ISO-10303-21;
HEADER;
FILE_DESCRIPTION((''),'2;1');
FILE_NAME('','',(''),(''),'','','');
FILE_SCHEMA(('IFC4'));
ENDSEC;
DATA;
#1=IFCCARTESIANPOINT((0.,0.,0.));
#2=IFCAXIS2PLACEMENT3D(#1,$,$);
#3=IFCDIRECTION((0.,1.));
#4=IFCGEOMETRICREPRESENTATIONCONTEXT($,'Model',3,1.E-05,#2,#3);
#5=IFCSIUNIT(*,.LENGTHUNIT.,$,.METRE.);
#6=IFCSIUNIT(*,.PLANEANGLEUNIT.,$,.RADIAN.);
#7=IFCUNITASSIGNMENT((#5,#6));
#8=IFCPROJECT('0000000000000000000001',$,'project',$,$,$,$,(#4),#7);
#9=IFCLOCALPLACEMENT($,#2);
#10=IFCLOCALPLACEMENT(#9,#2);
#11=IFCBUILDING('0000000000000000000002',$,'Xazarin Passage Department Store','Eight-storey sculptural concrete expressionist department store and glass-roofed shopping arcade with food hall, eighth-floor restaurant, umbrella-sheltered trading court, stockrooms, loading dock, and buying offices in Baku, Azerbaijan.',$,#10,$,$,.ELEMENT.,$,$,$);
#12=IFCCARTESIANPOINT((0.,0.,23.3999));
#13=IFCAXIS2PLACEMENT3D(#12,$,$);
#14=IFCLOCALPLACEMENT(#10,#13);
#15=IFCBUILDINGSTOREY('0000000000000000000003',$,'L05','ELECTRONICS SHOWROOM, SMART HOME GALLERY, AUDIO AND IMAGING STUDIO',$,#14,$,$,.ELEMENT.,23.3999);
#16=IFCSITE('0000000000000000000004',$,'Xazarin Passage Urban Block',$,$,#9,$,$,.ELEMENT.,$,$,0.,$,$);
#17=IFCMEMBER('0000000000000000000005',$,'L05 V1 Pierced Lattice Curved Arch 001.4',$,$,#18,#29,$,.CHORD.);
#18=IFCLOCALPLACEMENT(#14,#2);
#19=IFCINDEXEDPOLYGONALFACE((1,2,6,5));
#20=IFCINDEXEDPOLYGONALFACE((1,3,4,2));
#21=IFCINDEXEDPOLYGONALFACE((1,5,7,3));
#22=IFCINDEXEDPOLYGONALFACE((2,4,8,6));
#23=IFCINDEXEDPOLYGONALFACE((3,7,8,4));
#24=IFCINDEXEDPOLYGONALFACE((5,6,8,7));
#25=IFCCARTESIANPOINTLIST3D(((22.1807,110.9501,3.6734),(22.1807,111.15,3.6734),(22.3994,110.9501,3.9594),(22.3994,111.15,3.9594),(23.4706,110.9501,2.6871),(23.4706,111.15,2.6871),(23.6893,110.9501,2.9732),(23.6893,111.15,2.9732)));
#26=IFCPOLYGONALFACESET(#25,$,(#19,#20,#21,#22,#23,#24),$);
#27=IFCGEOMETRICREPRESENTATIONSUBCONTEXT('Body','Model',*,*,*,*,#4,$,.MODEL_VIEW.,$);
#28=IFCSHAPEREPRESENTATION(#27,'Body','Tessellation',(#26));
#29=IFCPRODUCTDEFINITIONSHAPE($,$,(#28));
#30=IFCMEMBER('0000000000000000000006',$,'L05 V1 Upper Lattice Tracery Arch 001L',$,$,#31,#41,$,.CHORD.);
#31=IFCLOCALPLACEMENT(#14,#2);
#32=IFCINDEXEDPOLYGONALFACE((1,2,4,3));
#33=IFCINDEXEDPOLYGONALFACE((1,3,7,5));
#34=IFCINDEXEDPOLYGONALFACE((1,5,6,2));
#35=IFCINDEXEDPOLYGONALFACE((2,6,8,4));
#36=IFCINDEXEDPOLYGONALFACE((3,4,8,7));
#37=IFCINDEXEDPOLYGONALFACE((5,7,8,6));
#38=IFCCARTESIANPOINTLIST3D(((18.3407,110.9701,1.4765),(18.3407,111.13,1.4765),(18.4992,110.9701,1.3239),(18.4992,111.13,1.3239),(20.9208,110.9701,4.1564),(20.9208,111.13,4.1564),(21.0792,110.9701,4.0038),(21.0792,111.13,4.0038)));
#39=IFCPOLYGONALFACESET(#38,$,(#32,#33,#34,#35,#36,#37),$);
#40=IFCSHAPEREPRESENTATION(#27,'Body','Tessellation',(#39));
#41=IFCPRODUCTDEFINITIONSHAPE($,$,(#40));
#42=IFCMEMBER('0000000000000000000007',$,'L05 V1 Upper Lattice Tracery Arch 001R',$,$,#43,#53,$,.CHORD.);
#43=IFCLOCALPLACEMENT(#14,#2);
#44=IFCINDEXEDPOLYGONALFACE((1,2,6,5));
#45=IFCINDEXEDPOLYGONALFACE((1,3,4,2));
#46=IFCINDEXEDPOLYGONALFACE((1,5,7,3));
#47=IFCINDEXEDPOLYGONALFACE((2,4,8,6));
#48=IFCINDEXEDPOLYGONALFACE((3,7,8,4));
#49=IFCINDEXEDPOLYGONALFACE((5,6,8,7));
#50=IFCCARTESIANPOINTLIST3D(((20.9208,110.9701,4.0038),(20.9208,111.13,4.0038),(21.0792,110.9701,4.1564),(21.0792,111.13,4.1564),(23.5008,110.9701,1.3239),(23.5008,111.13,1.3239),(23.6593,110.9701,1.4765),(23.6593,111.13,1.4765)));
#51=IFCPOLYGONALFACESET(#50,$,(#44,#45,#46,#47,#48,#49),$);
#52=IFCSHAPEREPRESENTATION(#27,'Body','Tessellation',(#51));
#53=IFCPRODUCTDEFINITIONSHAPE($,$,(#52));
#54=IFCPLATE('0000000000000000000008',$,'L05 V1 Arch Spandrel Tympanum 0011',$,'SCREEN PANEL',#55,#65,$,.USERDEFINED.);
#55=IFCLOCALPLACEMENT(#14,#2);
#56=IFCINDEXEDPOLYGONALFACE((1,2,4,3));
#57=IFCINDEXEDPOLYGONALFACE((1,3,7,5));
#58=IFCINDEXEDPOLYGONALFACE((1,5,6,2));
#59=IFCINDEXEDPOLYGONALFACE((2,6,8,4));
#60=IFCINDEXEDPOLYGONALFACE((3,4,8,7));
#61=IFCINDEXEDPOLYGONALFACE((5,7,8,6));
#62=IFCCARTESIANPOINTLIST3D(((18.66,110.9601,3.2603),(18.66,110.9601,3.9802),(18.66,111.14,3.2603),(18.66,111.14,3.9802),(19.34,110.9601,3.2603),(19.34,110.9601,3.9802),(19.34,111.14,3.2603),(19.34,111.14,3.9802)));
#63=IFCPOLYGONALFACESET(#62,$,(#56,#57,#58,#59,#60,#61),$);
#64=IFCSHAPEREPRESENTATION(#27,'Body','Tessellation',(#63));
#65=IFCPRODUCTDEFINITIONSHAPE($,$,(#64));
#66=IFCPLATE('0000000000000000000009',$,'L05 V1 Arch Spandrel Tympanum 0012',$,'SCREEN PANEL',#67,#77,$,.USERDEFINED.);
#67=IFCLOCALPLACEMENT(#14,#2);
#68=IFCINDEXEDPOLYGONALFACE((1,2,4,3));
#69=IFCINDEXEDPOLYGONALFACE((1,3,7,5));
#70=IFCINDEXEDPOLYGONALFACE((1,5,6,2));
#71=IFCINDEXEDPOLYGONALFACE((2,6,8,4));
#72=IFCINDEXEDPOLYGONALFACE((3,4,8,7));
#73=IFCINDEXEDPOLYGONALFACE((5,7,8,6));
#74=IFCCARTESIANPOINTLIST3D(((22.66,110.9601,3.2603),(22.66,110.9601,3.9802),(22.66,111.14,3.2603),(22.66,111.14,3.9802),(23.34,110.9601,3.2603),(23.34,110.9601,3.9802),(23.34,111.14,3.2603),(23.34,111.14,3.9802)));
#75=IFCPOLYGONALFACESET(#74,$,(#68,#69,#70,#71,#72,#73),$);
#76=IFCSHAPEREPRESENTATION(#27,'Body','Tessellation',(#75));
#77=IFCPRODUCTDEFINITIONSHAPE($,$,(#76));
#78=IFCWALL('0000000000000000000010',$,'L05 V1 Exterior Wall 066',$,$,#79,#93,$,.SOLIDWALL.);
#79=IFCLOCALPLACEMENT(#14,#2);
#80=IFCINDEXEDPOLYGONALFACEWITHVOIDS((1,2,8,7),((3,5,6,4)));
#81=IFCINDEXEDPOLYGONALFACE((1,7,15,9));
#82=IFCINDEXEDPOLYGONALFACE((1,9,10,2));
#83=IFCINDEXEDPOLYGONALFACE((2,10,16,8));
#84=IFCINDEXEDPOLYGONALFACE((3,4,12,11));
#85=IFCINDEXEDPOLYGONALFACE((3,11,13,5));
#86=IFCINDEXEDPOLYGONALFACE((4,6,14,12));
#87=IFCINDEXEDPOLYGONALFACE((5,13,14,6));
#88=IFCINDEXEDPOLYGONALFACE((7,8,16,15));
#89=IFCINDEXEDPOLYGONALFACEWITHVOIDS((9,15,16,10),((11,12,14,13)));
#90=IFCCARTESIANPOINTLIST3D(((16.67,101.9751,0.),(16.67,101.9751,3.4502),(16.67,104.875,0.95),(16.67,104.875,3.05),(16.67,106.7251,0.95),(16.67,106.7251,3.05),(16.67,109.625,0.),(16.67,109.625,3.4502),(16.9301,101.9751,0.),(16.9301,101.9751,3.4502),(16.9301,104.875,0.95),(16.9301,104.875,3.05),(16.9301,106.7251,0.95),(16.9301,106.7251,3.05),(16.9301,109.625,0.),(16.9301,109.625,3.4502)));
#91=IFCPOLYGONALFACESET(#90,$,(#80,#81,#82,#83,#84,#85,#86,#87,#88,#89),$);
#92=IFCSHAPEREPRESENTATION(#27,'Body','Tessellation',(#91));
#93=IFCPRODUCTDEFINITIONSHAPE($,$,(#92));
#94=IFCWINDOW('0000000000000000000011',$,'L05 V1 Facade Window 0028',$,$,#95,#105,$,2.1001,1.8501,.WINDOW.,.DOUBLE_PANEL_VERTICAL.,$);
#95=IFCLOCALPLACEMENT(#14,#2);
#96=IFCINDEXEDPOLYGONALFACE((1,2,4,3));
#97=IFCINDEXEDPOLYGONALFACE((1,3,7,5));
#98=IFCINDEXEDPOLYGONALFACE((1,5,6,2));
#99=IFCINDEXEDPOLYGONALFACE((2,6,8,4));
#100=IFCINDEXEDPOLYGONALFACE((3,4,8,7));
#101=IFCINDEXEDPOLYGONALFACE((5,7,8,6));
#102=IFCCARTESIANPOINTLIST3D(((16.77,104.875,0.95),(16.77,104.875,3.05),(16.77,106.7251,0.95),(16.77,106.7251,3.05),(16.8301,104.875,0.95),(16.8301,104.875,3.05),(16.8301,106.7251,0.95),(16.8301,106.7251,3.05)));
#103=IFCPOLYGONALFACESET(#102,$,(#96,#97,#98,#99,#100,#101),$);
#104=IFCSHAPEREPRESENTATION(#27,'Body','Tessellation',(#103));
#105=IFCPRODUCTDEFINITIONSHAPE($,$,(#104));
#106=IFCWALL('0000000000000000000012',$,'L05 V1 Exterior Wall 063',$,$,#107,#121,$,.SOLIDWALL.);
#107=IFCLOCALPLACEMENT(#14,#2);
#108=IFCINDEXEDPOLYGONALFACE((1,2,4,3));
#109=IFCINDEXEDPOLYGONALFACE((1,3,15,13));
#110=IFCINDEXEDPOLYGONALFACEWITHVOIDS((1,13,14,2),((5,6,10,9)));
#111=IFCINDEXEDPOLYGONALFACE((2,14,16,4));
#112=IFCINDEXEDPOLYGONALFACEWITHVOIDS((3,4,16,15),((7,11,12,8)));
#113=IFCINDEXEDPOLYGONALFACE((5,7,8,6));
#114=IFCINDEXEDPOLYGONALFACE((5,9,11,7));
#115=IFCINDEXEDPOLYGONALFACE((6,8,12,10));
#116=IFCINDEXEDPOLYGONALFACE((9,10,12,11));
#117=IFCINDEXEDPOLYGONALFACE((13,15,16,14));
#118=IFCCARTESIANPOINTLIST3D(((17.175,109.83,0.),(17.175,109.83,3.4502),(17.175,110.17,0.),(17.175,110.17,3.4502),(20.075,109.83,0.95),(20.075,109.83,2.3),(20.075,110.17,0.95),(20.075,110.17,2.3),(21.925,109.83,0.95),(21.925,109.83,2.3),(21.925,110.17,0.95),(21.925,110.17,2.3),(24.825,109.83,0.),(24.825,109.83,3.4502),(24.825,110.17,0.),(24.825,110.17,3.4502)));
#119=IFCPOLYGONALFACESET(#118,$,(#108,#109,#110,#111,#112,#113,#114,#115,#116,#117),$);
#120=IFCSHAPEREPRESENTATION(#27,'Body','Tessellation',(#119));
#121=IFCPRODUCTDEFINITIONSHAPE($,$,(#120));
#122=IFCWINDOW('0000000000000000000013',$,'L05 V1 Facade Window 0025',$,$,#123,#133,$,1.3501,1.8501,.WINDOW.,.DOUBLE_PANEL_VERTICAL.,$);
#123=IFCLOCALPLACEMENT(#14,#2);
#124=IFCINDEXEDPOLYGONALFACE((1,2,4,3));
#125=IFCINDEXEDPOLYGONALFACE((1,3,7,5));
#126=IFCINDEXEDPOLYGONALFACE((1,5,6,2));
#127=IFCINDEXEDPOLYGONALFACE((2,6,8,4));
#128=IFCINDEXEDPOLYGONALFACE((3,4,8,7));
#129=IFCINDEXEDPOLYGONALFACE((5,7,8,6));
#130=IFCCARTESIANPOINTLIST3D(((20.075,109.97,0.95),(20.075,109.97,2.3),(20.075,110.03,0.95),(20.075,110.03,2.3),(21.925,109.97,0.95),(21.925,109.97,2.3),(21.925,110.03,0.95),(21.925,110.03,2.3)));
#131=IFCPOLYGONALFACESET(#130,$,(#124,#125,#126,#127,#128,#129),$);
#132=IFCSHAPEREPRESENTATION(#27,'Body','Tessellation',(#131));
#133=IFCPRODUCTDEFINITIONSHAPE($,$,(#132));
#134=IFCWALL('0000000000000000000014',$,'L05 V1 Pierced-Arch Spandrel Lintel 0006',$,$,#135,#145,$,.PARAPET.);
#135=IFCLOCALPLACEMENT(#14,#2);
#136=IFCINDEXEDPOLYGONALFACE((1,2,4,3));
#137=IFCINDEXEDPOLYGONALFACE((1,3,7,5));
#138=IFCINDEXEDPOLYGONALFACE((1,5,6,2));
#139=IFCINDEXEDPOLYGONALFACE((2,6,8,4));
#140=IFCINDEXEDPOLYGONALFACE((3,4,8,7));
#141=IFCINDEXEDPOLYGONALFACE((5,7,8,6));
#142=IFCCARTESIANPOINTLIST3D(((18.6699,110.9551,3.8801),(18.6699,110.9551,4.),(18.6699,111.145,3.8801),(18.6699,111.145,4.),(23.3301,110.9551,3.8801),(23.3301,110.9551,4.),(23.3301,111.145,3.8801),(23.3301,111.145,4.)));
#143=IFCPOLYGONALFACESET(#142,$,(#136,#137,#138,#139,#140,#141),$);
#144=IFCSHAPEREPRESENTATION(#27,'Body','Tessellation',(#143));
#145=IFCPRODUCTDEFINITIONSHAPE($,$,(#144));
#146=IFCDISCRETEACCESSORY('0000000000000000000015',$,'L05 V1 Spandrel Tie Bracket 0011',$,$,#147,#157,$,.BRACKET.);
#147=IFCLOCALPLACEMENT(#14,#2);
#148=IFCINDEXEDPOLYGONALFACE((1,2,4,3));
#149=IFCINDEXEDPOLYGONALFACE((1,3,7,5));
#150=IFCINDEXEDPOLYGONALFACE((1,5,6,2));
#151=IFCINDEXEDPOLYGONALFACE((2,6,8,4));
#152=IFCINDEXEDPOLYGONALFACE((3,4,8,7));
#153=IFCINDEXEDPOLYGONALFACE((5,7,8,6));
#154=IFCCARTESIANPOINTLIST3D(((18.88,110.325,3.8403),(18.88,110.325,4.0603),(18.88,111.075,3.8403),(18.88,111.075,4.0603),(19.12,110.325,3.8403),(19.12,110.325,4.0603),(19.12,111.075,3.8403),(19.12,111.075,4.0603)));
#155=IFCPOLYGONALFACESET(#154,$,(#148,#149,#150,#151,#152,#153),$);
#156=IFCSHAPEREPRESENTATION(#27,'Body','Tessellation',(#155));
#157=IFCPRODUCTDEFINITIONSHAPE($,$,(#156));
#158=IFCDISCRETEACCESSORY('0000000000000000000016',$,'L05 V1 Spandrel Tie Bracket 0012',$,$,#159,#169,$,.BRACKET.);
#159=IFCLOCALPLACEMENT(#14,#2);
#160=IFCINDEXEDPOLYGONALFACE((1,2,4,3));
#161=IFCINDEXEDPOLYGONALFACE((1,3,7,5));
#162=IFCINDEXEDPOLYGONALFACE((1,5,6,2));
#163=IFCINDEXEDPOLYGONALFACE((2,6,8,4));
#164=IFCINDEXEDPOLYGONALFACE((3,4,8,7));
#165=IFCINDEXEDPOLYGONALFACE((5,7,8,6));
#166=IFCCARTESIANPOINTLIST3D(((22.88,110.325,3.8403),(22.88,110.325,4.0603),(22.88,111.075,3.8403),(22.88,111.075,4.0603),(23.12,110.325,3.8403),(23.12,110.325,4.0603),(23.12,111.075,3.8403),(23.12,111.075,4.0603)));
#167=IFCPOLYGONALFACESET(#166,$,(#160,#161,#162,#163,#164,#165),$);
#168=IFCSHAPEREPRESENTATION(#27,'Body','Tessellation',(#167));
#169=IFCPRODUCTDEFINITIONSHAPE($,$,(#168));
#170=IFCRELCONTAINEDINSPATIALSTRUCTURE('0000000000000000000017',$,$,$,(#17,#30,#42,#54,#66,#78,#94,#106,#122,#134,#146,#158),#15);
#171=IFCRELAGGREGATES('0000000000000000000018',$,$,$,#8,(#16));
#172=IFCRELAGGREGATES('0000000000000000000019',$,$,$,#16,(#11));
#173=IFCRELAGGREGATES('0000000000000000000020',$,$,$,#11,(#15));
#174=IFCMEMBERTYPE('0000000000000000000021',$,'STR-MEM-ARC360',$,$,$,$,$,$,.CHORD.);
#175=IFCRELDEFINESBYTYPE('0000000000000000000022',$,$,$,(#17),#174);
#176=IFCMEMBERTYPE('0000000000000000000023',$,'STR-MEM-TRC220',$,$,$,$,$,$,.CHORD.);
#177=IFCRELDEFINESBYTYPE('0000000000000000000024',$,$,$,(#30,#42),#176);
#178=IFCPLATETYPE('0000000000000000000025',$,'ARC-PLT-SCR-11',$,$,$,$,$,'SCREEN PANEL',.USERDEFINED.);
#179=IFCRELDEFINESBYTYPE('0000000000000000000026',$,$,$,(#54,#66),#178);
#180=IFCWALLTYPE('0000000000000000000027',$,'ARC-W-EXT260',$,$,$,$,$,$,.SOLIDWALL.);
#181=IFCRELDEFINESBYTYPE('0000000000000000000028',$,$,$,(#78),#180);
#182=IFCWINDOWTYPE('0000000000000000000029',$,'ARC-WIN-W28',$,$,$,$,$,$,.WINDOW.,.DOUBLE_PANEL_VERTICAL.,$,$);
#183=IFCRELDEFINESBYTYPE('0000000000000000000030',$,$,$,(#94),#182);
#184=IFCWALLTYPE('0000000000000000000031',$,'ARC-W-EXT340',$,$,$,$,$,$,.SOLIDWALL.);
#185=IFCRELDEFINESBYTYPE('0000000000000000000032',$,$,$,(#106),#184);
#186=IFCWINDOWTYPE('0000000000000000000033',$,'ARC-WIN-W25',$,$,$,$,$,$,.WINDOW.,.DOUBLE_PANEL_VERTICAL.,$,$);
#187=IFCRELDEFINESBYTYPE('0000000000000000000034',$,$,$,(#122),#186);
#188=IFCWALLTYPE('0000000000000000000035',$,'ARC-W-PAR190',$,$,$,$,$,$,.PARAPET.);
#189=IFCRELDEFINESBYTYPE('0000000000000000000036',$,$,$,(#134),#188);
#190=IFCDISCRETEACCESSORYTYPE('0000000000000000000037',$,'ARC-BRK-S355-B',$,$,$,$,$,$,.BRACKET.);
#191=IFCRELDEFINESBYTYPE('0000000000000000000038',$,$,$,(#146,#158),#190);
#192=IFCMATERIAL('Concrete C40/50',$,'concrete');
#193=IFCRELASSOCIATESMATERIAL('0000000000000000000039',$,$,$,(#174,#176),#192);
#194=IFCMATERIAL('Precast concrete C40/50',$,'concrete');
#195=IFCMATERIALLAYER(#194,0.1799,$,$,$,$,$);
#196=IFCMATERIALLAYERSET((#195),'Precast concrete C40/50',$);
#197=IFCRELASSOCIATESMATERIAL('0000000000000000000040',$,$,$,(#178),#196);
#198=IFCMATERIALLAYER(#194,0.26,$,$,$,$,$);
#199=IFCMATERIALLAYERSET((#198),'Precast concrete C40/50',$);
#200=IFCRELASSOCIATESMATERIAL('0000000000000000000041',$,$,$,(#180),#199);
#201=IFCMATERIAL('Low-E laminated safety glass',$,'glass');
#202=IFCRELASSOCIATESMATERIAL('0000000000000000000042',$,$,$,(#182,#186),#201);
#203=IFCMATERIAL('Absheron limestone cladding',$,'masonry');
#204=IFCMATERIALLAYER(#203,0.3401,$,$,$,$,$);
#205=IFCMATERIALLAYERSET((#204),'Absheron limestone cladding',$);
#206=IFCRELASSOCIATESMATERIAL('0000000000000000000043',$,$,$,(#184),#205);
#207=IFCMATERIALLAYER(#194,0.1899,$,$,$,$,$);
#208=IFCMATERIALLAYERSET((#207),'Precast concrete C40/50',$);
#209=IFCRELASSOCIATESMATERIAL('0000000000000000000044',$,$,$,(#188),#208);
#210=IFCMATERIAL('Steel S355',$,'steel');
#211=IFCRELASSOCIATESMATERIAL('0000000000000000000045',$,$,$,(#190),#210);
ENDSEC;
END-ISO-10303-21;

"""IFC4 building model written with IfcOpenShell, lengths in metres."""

from ifc_helpers import new_model, si_unit, direction, frame, frame_2d, origin, origin_2d, place, context, subcontext, project, spatial, rectangle, extrude, material, layer, layer_set, material_profile, profile_set, type_object, element, fill, save


model = new_model("IFC4")

# Units and contexts
model_context = context("Model", 3, precision=1e-05, world=origin(), true_north=direction((0.0, 1.0)))
body_context = subcontext(model_context, "Body", "Model", "MODEL_VIEW")
ifc_project = project(units=[si_unit("LENGTHUNIT", "METRE"), si_unit("PLANEANGLEUNIT", "RADIAN")], contexts=[model_context])

# Site, building, storey
site_placement = place(None, origin())
site = spatial("IfcSite", under=ifc_project, at=site_placement, Name="Xazarin Passage Urban Block", CompositionType="ELEMENT", RefElevation=0.0)
building_placement = place(site_placement, origin())
building = spatial("IfcBuilding", under=site, at=building_placement, Name="Xazarin Passage Department Store", Description="Eight-storey sculptural concrete expressionist department store and glass-roofed shopping arcade with food hall, eighth-floor restaurant, umbrella-sheltered trading court, stockrooms, loading dock, and buying offices in Baku, Azerbaijan.", CompositionType="ELEMENT")
storey_placement = place(building_placement, frame((0.0, 0.0, 23.3999)))
storey = spatial("IfcBuildingStorey", under=building, at=storey_placement, Name="L05", Description="ELECTRONICS SHOWROOM, SMART HOME GALLERY, AUDIO AND IMAGING STUDIO", CompositionType="ELEMENT", Elevation=23.3999)

# Shared definitions
ifc_material_1 = material(Name="Concrete C40/50", Category="concrete")

# Members
ifc_material_profile_1 = material_profile(ifc_material_1, rectangle(XDim=0.2, YDim=0.3601, at=origin_2d()), Name="RC 200x360")
ifc_profile_set_1 = profile_set([ifc_material_profile_1], Name="Concrete C40/50")
member_type_1 = type_object("IfcMemberType", Name="STR-MEM-ARC360", PredefinedType="CHORD", material=ifc_profile_set_1)
member_1_placement = place(storey_placement, frame((22.29, 111.05, 3.8164), z_axis=(0.794409, 0.0, -0.607383), x_axis=(0.0, 1.0, 0.0)))
element("IfcMember", 1, at=member_1_placement, inside=storey, type_object=member_type_1, Name="L05 V1 Pierced Lattice Curved Arch 001.4", PredefinedType="CHORD", context=body_context, shape_type="SweptSolid", body=[
    extrude(rectangle(XDim=0.2, YDim=0.3601, at=origin_2d()), origin(), (0.0, 0.0, 1.0), 1.6238),
])
ifc_material_profile_2 = material_profile(ifc_material_1, rectangle(XDim=0.1599, YDim=0.22, at=origin_2d()), Name="RC 160x220")
ifc_profile_set_2 = profile_set([ifc_material_profile_2], Name="Concrete C40/50")
member_type_2 = type_object("IfcMemberType", Name="STR-MEM-TRC220", PredefinedType="CHORD", material=ifc_profile_set_2)
for number, where, z_axis, x_axis, name in (
    (2, (21.0, 111.05, 4.0801), (-0.693558, 0.0, -0.7204), (0.0, -1.0, 0.0), "L05 V1 Upper Lattice Tracery Arch 001L"),
    (3, (21.0, 111.05, 4.0801), (0.693558, 0.0, -0.7204), (0.0, 1.0, 0.0), "L05 V1 Upper Lattice Tracery Arch 001R"),
):
    element("IfcMember", number, at=place(storey_placement, frame(where, z_axis=z_axis, x_axis=x_axis)), inside=storey, type_object=member_type_2, Name=name, PredefinedType="CHORD", context=body_context, shape_type="SweptSolid", body=[
        extrude(rectangle(XDim=0.1599, YDim=0.22, at=origin_2d()), origin(), (0.0, 0.0, 1.0), 3.72),
    ])

# Plates
ifc_material_2 = material(Name="Precast concrete C40/50", Category="concrete")
ifc_layer_1 = layer(ifc_material_2, 0.1799)
ifc_layer_set_1 = layer_set([ifc_layer_1], Name="Precast concrete C40/50")
plate_type = type_object("IfcPlateType", Name="ARC-PLT-SCR-11", ElementType="SCREEN PANEL", PredefinedType="USERDEFINED", material=ifc_layer_set_1)
for number, where, z_axis, x_axis, name in (
    (4, (19.0, 111.05, 3.2603), (0.0, 0.0, 1.0), (1.0, 0.0, 0.0), "L05 V1 Arch Spandrel Tympanum 0011"),
    (5, (23.0, 111.05, 3.2603), (0.0, 0.0, 1.0), (1.0, 0.0, 0.0), "L05 V1 Arch Spandrel Tympanum 0012"),
):
    element("IfcPlate", number, at=place(storey_placement, frame(where, z_axis=z_axis, x_axis=x_axis)), inside=storey, type_object=plate_type, Name=name, ObjectType="SCREEN PANEL", PredefinedType="USERDEFINED", context=body_context, shape_type="SweptSolid", body=[
        extrude(rectangle(XDim=0.6799, YDim=0.1799, at=origin_2d()), origin(), (0.0, 0.0, 1.0), 0.72),
    ])

# Walls, openings, windows
ifc_layer_2 = layer(ifc_material_2, 0.26)
ifc_layer_set_2 = layer_set([ifc_layer_2], Name="Precast concrete C40/50")
wall_type_1 = type_object("IfcWallType", Name="ARC-W-EXT260", PredefinedType="SOLIDWALL", material=ifc_layer_set_2)
wall_1_placement = place(storey_placement, frame((16.8, 101.9751, 0.0), z_axis=(0.0, 0.0, 1.0), x_axis=(0.0, 1.0, 0.0)))
wall_1 = element("IfcWall", 6, at=wall_1_placement, inside=storey, type_object=wall_type_1, Name="L05 V1 Exterior Wall 066", PredefinedType="SOLIDWALL", context=body_context, shape_type="SweptSolid", body=[
    extrude(rectangle(XDim=7.6499, YDim=0.26, at=frame_2d((3.825, 0.0))), origin(), (0.0, 0.0, 1.0), 3.4502),
])
opening_1_placement = place(wall_1_placement, frame((2.8999, 0.0, 0.95)))
opening_1 = element("IfcOpeningElement", 7, at=opening_1_placement, cuts=wall_1, PredefinedType="OPENING", context=body_context, shape_type="SweptSolid", body=[
    extrude(rectangle(XDim=1.8501, YDim=2.1001, at=frame_2d((0.925, 1.05))), frame((0.0, 0.1399, 0.0), z_axis=(0.0, -1.0, 0.0), x_axis=(1.0, 0.0, 0.0)), (0.0, 0.0, 1.0), 0.28),
])
ifc_material_3 = material(Name="Low-E laminated safety glass", Category="glass")
window_type_1 = type_object("IfcWindowType", Name="ARC-WIN-W28", PartitioningType="DOUBLE_PANEL_VERTICAL", PredefinedType="WINDOW", material=ifc_material_3)
window_1_placement = place(opening_1_placement, origin())
window_1 = element("IfcWindow", 8, at=window_1_placement, inside=storey, type_object=window_type_1, Name="L05 V1 Facade Window 0028", OverallHeight=2.1001, OverallWidth=1.8501, PartitioningType="DOUBLE_PANEL_VERTICAL", PredefinedType="WINDOW", context=body_context, shape_type="SweptSolid", body=[
    extrude(rectangle(XDim=1.8501, YDim=2.1001, at=frame_2d((0.925, 1.05))), frame((0.0, 0.03, 0.0), z_axis=(0.0, -1.0, 0.0), x_axis=(1.0, 0.0, 0.0)), (0.0, 0.0, 1.0), 0.0601),
])
fill(opening_1, window_1)
ifc_material_4 = material(Name="Absheron limestone cladding", Category="masonry")
ifc_layer_3 = layer(ifc_material_4, 0.3401)
ifc_layer_set_3 = layer_set([ifc_layer_3], Name="Absheron limestone cladding")
wall_type_2 = type_object("IfcWallType", Name="ARC-W-EXT340", PredefinedType="SOLIDWALL", material=ifc_layer_set_3)
wall_2_placement = place(storey_placement, frame((17.175, 110.0, 0.0), z_axis=(0.0, 0.0, 1.0), x_axis=(1.0, 0.0, 0.0)))
wall_2 = element("IfcWall", 9, at=wall_2_placement, inside=storey, type_object=wall_type_2, Name="L05 V1 Exterior Wall 063", PredefinedType="SOLIDWALL", context=body_context, shape_type="SweptSolid", body=[
    extrude(rectangle(XDim=7.6499, YDim=0.3401, at=frame_2d((3.825, 0.0))), origin(), (0.0, 0.0, 1.0), 3.4502),
])
opening_2_placement = place(wall_2_placement, frame((2.8999, 0.0, 0.95)))
opening_2 = element("IfcOpeningElement", 10, at=opening_2_placement, cuts=wall_2, PredefinedType="OPENING", context=body_context, shape_type="SweptSolid", body=[
    extrude(rectangle(XDim=1.8501, YDim=1.3501, at=frame_2d((0.925, 0.675))), frame((0.0, 0.1799, 0.0), z_axis=(0.0, -1.0, 0.0), x_axis=(1.0, 0.0, 0.0)), (0.0, 0.0, 1.0), 0.3601),
])
window_type_2 = type_object("IfcWindowType", Name="ARC-WIN-W25", PartitioningType="DOUBLE_PANEL_VERTICAL", PredefinedType="WINDOW", material=ifc_material_3)
window_2_placement = place(opening_2_placement, origin())
window_2 = element("IfcWindow", 11, at=window_2_placement, inside=storey, type_object=window_type_2, Name="L05 V1 Facade Window 0025", OverallHeight=1.3501, OverallWidth=1.8501, PartitioningType="DOUBLE_PANEL_VERTICAL", PredefinedType="WINDOW", context=body_context, shape_type="SweptSolid", body=[
    extrude(rectangle(XDim=1.8501, YDim=1.3501, at=frame_2d((0.925, 0.675))), frame((0.0, 0.03, 0.0), z_axis=(0.0, -1.0, 0.0), x_axis=(1.0, 0.0, 0.0)), (0.0, 0.0, 1.0), 0.0601),
])
fill(opening_2, window_2)

# Wall
ifc_layer_4 = layer(ifc_material_2, 0.1899)
ifc_layer_set_4 = layer_set([ifc_layer_4], Name="Precast concrete C40/50")
wall_type_3 = type_object("IfcWallType", Name="ARC-W-PAR190", PredefinedType="PARAPET", material=ifc_layer_set_4)
wall_3_placement = place(storey_placement, frame((18.6699, 111.05, 3.8801), z_axis=(0.0, 0.0, 1.0), x_axis=(1.0, 0.0, 0.0)))
element("IfcWall", 12, at=wall_3_placement, inside=storey, type_object=wall_type_3, Name="L05 V1 Pierced-Arch Spandrel Lintel 0006", PredefinedType="PARAPET", context=body_context, shape_type="SweptSolid", body=[
    extrude(rectangle(XDim=4.6602, YDim=0.1899, at=frame_2d((2.3301, 0.0))), origin(), (0.0, 0.0, 1.0), 0.1199),
])

# Discrete accessories
ifc_material_5 = material(Name="Steel S355", Category="steel")
discrete_accessory_type = type_object("IfcDiscreteAccessoryType", Name="ARC-BRK-S355-B", PredefinedType="BRACKET", material=ifc_material_5)
for number, where, z_axis, x_axis, name in (
    (13, (19.0, 110.7, 3.8403), (0.0, 0.0, 1.0), (1.0, 0.0, 0.0), "L05 V1 Spandrel Tie Bracket 0011"),
    (14, (23.0, 110.7, 3.8403), (0.0, 0.0, 1.0), (1.0, 0.0, 0.0), "L05 V1 Spandrel Tie Bracket 0012"),
):
    element("IfcDiscreteAccessory", number, at=place(storey_placement, frame(where, z_axis=z_axis, x_axis=x_axis)), inside=storey, type_object=discrete_accessory_type, Name=name, PredefinedType="BRACKET", context=body_context, shape_type="SweptSolid", body=[
        extrude(rectangle(XDim=0.24, YDim=0.75, at=origin_2d()), origin(), (0.0, 0.0, 1.0), 0.22),
    ])

save(model, "model.ifc")
